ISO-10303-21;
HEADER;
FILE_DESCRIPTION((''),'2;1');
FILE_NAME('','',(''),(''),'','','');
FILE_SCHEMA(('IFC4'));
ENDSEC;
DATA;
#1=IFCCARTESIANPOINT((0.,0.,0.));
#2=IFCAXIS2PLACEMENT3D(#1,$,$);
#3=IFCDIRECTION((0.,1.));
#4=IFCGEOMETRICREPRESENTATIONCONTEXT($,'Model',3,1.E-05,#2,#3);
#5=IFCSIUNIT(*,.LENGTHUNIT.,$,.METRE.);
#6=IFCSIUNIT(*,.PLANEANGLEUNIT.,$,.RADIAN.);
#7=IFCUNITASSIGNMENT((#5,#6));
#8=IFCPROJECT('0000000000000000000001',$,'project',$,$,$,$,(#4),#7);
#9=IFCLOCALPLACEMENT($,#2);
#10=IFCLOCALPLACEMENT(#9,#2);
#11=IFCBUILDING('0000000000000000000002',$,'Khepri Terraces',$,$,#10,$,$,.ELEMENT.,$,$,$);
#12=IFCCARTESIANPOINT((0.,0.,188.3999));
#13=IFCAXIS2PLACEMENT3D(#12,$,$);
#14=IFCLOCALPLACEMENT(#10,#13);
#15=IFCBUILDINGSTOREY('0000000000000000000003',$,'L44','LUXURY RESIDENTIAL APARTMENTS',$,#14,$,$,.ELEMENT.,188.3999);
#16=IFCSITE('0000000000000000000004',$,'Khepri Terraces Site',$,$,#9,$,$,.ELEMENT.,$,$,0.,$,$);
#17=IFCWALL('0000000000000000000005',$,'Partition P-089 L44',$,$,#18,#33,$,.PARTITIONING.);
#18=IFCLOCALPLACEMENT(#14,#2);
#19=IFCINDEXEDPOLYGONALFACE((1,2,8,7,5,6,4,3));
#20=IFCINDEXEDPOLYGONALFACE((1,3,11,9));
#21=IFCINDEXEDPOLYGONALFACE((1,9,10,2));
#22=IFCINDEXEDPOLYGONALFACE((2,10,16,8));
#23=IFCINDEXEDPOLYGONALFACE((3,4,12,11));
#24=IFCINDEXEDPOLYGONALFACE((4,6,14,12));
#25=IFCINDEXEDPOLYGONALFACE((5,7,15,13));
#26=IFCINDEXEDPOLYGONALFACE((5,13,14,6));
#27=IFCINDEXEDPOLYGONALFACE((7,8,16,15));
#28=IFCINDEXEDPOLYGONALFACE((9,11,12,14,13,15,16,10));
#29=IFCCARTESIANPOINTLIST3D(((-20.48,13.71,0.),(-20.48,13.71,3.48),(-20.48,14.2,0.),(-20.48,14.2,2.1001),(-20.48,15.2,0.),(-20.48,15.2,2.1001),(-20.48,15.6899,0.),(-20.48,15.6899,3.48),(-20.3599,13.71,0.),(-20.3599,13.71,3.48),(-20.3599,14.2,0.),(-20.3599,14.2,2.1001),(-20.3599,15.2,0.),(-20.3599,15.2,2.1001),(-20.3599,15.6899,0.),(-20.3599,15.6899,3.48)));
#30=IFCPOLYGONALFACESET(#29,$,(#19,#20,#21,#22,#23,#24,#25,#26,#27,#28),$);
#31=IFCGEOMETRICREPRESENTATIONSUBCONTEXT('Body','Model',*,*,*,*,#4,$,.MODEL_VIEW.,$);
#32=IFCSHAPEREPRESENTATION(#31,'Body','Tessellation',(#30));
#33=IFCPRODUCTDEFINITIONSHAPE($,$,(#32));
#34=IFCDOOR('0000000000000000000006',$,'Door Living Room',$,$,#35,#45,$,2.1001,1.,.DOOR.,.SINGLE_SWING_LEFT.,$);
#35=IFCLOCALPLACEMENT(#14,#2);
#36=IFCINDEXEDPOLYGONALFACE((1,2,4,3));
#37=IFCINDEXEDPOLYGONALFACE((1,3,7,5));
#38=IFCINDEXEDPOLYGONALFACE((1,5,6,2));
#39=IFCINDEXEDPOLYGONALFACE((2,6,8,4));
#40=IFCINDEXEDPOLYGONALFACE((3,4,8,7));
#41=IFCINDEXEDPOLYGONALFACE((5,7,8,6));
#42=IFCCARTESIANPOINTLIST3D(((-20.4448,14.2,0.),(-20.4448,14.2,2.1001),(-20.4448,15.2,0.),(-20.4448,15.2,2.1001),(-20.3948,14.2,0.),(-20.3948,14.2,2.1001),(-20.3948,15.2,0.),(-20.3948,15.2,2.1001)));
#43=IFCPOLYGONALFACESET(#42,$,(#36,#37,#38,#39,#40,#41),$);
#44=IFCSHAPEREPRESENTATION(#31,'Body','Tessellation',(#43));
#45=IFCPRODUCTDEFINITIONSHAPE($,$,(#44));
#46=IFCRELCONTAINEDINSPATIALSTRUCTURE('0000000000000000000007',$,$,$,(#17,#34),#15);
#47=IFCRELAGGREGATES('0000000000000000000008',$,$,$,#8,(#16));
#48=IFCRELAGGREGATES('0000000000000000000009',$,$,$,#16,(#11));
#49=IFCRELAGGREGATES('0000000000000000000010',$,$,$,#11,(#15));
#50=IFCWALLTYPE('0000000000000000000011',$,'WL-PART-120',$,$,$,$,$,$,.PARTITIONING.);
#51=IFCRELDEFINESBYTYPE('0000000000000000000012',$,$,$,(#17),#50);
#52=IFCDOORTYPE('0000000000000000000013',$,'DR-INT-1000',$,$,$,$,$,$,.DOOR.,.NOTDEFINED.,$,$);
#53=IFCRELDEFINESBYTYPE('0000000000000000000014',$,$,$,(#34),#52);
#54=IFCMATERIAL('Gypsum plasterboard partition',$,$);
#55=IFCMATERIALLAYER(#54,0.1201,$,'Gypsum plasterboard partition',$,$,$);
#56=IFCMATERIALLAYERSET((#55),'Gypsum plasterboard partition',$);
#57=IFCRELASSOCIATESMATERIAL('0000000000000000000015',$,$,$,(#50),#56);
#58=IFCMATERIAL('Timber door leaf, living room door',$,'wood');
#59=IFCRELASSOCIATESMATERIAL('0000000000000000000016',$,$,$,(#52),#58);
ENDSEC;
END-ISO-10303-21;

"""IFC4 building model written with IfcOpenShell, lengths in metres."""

from ifc_helpers import new_model, si_unit, direction, frame, frame_2d, origin, place, context, subcontext, project, spatial, rectangle, extrude, material, layer, layer_set, type_object, element, fill, save


model = new_model("IFC4")

# Units and contexts
model_context = context("Model", 3, precision=1e-05, world=origin(), true_north=direction((0.0, 1.0)))
body_context = subcontext(model_context, "Body", "Model", "MODEL_VIEW")
ifc_project = project(units=[si_unit("LENGTHUNIT", "METRE"), si_unit("PLANEANGLEUNIT", "RADIAN")], contexts=[model_context])

# Site, building, storey
site_placement = place(None, origin())
site = spatial("IfcSite", under=ifc_project, at=site_placement, Name="Khepri Terraces Site", CompositionType="ELEMENT", RefElevation=0.0)
building_placement = place(site_placement, origin())
building = spatial("IfcBuilding", under=site, at=building_placement, Name="Khepri Terraces", CompositionType="ELEMENT")
storey_placement = place(building_placement, frame((0.0, 0.0, 188.3999)))
storey = spatial("IfcBuildingStorey", under=building, at=storey_placement, Name="L44", Description="LUXURY RESIDENTIAL APARTMENTS", CompositionType="ELEMENT", Elevation=188.3999)

# Shared definitions
ifc_material_1 = material(Name="Gypsum plasterboard partition")
ifc_layer_1 = layer(ifc_material_1, 0.1201, Name="Gypsum plasterboard partition")
ifc_layer_set_1 = layer_set([ifc_layer_1], Name="Gypsum plasterboard partition")
wall_type_1 = type_object("IfcWallType", Name="WL-PART-120", PredefinedType="PARTITIONING", material=ifc_layer_set_1)

# Shared definitions
ifc_material_2 = material(Name="Timber door leaf, living room door", Category="wood")
door_type_1 = type_object("IfcDoorType", Name="DR-INT-1000", OperationType="NOTDEFINED", PredefinedType="DOOR", material=ifc_material_2)

# Wall, opening, door
wall_1_placement = place(storey_placement, frame((-20.4199, 13.71, 0.0), z_axis=(0.0, 0.0, 1.0), x_axis=(0.0, 1.0, 0.0)))
wall_1 = element("IfcWall", 1, at=wall_1_placement, inside=storey, type_object=wall_type_1, Name="Partition P-089 L44", PredefinedType="PARTITIONING", context=body_context, shape_type="SweptSolid", body=[
    extrude(rectangle(XDim=1.98, YDim=0.1201, at=frame_2d((0.99, 0.0))), origin(), (0.0, 0.0, 1.0), 3.48),
])
opening_1_placement = place(wall_1_placement, frame((0.49, 0.0, 0.0)))
opening_1 = element("IfcOpeningElement", 2, at=opening_1_placement, cuts=wall_1, PredefinedType="OPENING", context=body_context, shape_type="SweptSolid", body=[
    extrude(rectangle(XDim=1.0, YDim=2.1001, at=frame_2d((0.5, 1.05))), frame((0.0, 0.0701, 0.0), z_axis=(0.0, -1.0, 0.0), x_axis=(1.0, 0.0, 0.0)), (0.0, 0.0, 1.0), 0.1401),
])
door_1_placement = place(opening_1_placement, origin())
door_1 = element("IfcDoor", 3, at=door_1_placement, inside=storey, type_object=door_type_1, Name="Door Living Room", OperationType="SINGLE_SWING_LEFT", OverallHeight=2.1001, OverallWidth=1.0, PredefinedType="DOOR", context=body_context, shape_type="SweptSolid", body=[
    extrude(rectangle(XDim=1.0, YDim=2.1001, at=frame_2d((0.5, 1.05))), frame((0.0, 0.0249, 0.0), z_axis=(0.0, -1.0, 0.0), x_axis=(1.0, 0.0, 0.0)), (0.0, 0.0, 1.0), 0.05),
])
fill(opening_1, door_1)

save(model, "model.ifc")
